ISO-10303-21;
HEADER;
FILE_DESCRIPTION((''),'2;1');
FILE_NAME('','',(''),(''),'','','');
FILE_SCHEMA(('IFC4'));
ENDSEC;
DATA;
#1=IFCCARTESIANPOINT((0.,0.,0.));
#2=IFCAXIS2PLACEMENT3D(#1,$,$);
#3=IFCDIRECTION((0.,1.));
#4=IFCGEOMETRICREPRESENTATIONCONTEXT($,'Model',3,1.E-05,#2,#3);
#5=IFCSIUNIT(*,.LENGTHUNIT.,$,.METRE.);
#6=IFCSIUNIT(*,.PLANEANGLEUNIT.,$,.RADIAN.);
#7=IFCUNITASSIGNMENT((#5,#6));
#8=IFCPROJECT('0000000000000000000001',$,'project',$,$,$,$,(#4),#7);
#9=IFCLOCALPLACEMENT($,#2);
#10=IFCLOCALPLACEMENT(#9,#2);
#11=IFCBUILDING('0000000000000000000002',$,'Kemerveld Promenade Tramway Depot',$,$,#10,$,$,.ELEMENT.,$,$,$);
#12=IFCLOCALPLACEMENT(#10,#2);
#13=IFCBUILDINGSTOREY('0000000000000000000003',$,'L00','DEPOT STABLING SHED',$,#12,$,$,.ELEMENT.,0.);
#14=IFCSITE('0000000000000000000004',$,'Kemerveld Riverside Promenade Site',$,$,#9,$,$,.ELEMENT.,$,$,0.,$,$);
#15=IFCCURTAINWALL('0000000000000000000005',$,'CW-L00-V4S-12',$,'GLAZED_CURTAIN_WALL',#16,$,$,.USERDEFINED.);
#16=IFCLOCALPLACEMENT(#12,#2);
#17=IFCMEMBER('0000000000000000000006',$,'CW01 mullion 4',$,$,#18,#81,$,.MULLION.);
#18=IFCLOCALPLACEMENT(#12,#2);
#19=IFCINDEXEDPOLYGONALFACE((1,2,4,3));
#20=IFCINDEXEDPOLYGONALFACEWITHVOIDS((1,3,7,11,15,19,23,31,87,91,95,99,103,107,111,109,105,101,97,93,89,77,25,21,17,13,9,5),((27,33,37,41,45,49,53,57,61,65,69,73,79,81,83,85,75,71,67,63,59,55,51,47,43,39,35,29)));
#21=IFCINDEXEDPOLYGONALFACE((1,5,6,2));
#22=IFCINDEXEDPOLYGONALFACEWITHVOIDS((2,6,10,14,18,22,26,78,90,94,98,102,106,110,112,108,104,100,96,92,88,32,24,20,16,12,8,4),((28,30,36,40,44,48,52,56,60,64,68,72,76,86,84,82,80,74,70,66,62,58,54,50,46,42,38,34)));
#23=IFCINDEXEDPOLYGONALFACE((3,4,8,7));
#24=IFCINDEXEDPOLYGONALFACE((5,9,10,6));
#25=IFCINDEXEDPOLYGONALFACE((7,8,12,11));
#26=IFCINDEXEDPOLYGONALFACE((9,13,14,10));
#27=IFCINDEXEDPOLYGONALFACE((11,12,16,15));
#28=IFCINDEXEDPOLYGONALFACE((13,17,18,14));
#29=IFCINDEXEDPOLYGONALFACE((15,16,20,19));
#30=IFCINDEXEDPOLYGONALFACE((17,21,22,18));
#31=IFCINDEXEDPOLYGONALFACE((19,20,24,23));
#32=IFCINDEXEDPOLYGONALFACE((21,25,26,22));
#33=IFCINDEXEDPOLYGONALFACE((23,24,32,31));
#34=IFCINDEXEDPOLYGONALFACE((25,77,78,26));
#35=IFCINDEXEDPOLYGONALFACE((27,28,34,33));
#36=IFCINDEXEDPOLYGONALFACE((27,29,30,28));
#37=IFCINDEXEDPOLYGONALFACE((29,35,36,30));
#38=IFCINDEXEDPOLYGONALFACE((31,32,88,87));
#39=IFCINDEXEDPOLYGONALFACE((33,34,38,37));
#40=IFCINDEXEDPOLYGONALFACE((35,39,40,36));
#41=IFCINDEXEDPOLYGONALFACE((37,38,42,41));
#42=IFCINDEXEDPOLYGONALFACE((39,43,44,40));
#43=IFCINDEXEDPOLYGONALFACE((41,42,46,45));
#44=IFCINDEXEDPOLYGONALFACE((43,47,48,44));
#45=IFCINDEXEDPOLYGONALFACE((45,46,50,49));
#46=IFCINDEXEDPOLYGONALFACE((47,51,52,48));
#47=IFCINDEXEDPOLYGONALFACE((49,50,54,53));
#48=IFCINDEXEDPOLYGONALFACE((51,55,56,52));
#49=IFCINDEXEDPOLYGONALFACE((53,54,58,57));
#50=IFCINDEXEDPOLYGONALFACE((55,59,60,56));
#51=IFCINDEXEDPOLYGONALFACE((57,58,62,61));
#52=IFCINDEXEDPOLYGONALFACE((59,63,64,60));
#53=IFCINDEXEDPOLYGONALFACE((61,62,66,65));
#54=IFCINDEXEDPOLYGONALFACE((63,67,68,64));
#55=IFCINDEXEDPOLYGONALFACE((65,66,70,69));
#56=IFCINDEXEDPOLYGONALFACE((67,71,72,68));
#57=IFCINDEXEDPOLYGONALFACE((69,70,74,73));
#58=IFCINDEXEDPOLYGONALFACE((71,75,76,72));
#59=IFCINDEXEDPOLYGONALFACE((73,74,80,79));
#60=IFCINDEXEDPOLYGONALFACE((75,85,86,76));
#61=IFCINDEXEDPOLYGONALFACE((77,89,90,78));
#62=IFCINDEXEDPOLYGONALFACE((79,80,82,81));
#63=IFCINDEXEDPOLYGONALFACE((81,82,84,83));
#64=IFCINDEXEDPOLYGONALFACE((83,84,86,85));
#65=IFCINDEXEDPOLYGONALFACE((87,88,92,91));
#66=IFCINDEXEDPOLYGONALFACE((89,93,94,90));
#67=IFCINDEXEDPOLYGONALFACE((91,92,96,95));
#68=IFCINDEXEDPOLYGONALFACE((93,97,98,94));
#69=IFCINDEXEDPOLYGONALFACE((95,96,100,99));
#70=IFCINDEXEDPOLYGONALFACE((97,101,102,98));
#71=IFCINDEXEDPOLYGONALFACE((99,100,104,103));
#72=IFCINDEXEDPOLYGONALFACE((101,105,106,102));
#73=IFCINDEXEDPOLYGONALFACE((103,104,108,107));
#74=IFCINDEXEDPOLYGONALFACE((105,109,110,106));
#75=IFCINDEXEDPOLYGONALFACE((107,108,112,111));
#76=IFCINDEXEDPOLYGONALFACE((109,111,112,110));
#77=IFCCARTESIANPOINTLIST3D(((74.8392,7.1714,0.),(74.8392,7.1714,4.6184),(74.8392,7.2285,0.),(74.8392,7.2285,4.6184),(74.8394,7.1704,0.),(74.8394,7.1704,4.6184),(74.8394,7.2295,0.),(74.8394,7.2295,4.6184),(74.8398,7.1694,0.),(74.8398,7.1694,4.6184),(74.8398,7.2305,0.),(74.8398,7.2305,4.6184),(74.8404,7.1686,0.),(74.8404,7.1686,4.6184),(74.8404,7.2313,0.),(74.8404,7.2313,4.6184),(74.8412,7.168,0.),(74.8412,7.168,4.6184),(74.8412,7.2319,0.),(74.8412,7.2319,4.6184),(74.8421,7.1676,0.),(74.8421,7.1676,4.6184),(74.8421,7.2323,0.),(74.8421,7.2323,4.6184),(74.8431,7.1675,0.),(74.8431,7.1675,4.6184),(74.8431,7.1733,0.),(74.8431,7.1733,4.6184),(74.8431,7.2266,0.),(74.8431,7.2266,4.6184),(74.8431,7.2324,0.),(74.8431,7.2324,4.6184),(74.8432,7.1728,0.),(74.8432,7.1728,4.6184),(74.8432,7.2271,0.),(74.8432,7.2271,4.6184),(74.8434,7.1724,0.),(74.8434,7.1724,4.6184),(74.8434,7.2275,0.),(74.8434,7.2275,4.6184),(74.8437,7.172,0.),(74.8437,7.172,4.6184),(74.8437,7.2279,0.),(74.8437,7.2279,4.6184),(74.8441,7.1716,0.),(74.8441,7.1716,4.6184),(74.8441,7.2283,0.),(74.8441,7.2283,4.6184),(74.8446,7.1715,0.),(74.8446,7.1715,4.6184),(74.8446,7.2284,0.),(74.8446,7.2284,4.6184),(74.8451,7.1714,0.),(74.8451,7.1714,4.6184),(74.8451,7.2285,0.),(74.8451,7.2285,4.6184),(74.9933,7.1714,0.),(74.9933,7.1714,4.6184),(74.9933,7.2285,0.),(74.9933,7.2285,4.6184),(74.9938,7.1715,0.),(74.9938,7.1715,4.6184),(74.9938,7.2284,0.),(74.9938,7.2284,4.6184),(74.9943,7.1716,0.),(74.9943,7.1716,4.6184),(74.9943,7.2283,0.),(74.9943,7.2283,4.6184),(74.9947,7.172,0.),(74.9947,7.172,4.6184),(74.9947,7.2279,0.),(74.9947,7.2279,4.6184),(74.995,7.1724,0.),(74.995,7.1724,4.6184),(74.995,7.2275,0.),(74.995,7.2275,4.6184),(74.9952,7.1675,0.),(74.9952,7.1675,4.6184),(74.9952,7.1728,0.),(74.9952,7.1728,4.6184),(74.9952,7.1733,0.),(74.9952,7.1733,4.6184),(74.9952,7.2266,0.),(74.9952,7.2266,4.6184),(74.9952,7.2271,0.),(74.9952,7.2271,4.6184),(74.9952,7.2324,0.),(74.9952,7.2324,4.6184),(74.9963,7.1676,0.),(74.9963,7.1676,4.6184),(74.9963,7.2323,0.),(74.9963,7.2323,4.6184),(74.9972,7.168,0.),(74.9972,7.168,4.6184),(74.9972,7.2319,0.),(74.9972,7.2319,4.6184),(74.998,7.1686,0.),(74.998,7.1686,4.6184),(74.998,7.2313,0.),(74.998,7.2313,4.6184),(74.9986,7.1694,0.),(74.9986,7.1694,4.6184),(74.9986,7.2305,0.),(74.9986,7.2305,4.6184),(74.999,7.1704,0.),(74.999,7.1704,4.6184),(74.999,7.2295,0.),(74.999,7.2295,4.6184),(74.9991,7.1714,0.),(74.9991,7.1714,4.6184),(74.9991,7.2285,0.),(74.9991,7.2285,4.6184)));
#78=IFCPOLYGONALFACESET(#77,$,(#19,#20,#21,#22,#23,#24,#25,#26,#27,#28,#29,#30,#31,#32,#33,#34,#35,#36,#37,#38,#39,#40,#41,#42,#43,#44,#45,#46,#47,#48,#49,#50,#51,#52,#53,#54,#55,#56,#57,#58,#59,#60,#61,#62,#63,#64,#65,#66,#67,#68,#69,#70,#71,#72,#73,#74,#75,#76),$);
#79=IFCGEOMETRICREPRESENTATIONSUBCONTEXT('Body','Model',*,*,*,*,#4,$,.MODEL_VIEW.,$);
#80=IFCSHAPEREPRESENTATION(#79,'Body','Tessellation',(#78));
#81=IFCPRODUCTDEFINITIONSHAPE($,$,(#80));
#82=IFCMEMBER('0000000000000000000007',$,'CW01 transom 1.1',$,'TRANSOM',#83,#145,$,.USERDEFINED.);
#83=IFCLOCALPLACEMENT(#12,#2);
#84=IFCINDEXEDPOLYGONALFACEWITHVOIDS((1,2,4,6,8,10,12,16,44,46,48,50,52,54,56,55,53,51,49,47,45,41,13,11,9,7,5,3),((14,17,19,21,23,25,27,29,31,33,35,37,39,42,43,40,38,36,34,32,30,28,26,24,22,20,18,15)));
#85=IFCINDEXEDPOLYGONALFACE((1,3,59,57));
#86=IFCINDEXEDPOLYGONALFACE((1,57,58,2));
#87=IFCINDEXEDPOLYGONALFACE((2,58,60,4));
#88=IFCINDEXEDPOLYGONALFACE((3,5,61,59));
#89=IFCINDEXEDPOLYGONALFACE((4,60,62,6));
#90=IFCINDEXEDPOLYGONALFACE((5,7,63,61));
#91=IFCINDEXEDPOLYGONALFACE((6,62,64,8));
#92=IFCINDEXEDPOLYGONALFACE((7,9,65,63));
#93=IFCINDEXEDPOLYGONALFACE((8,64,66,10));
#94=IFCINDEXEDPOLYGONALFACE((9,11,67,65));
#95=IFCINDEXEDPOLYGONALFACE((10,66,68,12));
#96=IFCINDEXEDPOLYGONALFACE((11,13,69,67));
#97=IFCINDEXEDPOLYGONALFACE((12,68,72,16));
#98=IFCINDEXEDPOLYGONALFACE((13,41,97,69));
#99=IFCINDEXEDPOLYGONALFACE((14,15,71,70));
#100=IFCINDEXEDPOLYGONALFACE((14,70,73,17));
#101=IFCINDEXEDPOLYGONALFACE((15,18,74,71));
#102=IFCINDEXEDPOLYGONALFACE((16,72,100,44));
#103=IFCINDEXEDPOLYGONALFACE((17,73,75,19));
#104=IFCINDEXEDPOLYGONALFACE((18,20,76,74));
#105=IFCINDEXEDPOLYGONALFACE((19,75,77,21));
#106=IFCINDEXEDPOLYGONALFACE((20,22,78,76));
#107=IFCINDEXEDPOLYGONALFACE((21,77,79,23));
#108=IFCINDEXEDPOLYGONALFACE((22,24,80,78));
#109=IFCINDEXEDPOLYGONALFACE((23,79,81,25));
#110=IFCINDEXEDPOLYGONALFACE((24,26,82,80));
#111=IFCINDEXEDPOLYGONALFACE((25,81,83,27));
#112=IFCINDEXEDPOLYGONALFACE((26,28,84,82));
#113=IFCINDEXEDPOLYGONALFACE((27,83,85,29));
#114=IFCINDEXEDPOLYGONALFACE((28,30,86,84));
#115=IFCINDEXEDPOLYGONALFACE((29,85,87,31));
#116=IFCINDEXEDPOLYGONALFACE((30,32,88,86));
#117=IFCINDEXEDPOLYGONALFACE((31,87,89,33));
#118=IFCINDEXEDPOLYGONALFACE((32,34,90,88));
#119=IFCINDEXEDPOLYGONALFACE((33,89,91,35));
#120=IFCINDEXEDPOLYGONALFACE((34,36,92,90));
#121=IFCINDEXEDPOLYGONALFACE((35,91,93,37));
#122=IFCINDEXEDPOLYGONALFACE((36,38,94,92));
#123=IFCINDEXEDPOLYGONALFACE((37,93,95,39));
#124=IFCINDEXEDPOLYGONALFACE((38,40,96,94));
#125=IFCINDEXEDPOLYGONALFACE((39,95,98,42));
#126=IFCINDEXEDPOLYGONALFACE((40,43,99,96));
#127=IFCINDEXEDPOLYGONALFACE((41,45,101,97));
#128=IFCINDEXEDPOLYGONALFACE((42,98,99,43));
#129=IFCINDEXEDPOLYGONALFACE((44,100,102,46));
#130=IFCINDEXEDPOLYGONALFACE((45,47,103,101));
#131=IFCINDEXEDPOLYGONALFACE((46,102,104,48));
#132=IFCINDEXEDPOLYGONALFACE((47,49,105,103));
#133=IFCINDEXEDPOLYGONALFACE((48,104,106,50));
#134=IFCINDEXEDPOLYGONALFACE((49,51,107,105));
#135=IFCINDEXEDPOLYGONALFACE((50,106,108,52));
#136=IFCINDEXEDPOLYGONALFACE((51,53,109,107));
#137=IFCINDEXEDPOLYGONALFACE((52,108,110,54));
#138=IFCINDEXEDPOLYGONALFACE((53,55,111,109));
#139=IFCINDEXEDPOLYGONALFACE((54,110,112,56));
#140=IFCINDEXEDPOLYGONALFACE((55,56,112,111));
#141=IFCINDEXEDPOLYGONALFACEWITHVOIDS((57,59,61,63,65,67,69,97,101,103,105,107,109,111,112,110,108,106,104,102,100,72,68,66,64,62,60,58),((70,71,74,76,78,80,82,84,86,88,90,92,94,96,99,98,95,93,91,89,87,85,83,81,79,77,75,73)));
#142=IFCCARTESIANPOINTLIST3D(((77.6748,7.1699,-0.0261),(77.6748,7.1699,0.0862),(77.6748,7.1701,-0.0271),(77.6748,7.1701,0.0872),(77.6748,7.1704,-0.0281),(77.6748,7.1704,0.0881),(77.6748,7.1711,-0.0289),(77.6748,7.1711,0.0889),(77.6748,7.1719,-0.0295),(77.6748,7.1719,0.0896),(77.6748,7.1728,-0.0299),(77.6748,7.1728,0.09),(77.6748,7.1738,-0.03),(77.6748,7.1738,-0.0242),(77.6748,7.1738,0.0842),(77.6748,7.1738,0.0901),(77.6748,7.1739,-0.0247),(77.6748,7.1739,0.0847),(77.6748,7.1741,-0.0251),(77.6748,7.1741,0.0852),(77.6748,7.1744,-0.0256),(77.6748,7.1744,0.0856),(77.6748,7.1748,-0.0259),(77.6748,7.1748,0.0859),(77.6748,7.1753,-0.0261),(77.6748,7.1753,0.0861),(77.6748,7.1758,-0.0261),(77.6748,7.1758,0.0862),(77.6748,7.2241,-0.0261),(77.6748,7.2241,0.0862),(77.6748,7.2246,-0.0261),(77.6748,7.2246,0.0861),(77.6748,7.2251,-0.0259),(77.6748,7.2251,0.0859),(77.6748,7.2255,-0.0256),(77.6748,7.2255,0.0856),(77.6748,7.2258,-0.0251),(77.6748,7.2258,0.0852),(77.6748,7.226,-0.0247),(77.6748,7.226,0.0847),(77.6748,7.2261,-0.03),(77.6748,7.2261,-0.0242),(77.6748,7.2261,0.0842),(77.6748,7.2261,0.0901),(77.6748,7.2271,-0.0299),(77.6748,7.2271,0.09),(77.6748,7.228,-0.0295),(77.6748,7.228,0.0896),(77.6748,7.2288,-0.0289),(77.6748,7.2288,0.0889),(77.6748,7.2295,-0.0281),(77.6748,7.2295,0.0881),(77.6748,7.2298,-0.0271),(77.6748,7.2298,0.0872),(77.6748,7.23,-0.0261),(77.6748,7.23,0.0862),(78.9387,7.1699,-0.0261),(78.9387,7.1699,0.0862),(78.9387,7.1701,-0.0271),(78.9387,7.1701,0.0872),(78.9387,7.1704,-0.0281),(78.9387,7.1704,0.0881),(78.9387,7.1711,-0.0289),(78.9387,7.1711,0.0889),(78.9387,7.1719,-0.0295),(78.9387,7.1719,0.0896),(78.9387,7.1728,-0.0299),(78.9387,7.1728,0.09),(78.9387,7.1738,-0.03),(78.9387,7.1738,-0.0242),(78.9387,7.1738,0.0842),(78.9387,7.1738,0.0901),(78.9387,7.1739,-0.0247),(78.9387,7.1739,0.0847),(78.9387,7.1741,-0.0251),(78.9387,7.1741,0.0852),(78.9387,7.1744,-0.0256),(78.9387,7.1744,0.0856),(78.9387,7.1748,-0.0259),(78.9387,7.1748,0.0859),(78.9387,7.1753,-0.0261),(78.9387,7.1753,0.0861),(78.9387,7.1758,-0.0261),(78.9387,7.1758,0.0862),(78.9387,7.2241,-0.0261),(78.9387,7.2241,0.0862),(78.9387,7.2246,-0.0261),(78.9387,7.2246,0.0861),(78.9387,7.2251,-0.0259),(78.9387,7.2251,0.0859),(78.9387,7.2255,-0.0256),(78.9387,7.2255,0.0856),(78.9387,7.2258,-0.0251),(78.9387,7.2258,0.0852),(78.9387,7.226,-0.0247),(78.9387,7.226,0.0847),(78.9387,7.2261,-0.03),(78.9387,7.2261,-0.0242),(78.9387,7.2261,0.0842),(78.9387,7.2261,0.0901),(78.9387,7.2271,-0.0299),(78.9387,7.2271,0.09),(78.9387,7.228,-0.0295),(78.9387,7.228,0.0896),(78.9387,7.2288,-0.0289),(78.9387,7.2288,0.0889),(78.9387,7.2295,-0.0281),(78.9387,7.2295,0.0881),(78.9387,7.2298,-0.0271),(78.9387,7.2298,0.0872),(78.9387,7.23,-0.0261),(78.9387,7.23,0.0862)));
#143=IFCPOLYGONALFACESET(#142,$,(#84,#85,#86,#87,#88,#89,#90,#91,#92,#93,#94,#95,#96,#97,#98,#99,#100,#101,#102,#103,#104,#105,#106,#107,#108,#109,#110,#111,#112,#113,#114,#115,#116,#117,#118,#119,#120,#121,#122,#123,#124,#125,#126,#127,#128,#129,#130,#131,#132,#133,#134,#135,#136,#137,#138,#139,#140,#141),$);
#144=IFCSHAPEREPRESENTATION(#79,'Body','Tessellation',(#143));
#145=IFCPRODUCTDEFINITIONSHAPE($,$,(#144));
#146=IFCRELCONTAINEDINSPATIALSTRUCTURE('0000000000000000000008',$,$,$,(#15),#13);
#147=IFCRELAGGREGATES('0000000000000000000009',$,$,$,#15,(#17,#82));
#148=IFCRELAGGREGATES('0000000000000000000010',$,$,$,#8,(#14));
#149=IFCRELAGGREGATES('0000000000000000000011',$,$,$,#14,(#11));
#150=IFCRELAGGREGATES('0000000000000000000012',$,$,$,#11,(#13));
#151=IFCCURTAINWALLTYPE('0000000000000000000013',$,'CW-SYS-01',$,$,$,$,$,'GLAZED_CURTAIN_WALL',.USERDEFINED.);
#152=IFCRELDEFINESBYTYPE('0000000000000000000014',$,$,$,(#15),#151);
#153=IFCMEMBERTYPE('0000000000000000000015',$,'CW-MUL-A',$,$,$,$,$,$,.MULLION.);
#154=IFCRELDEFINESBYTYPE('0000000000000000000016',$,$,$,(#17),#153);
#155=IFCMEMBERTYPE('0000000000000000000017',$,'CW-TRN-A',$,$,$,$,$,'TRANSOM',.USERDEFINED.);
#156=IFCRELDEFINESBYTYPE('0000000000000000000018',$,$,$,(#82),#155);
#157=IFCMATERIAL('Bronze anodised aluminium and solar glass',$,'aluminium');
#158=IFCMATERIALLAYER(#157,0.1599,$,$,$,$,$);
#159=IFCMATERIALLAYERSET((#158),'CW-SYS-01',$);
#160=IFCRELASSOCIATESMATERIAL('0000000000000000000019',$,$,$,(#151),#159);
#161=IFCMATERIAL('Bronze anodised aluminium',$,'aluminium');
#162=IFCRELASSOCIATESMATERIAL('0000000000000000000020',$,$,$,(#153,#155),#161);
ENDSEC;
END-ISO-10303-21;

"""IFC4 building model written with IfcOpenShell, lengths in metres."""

from ifc_helpers import new_model, si_unit, direction, frame, origin, origin_2d, place, context, subcontext, project, spatial, hollow_rectangle, extrude, material, layer, layer_set, material_profile, profile_set, type_object, element, aggregate, save


model = new_model("IFC4")

# Units and contexts
model_context = context("Model", 3, precision=1e-05, world=origin(), true_north=direction((0.0, 1.0)))
body_context = subcontext(model_context, "Body", "Model", "MODEL_VIEW")
ifc_project = project(units=[si_unit("LENGTHUNIT", "METRE"), si_unit("PLANEANGLEUNIT", "RADIAN")], contexts=[model_context])

# Site, building, storey
site_placement = place(None, origin())
site = spatial("IfcSite", under=ifc_project, at=site_placement, Name="Kemerveld Riverside Promenade Site", CompositionType="ELEMENT", RefElevation=0.0)
building_placement = place(site_placement, origin())
building = spatial("IfcBuilding", under=site, at=building_placement, Name="Kemerveld Promenade Tramway Depot", CompositionType="ELEMENT")
storey_placement = place(building_placement, origin())
storey = spatial("IfcBuildingStorey", under=building, at=storey_placement, Name="L00", Description="DEPOT STABLING SHED", CompositionType="ELEMENT", Elevation=0.0)

# Curtain wall, members
ifc_material_1 = material(Name="Bronze anodised aluminium and solar glass", Category="aluminium")
ifc_layer_1 = layer(ifc_material_1, 0.1599)
ifc_layer_set_1 = layer_set([ifc_layer_1], Name="CW-SYS-01")
curtain_wall_type = type_object("IfcCurtainWallType", Name="CW-SYS-01", ElementType="GLAZED_CURTAIN_WALL", PredefinedType="USERDEFINED", material=ifc_layer_set_1)
curtain_wall_placement = place(storey_placement, origin())
curtain_wall = element("IfcCurtainWall", 1, at=curtain_wall_placement, inside=storey, type_object=curtain_wall_type, Name="CW-L00-V4S-12", ObjectType="GLAZED_CURTAIN_WALL", PredefinedType="USERDEFINED")
ifc_material_2 = material(Name="Bronze anodised aluminium", Category="aluminium")
ifc_material_profile_1 = material_profile(ifc_material_2, hollow_rectangle(XDim=0.0649, YDim=0.1599, WallThickness=0.0039, InnerFilletRadius=0.002, OuterFilletRadius=0.0039, at=origin_2d()), Name="CW-MUL-160x65")
ifc_profile_set_1 = profile_set([ifc_material_profile_1], Name="Bronze anodised aluminium")
member_type_1 = type_object("IfcMemberType", Name="CW-MUL-A", PredefinedType="MULLION", material=ifc_profile_set_1)
member_1_placement = place(storey_placement, frame((74.9192, 7.2, 0.0), z_axis=(0.0, 0.0, 1.0), x_axis=(0.0, -1.0, 0.0)))
member_1 = element("IfcMember", 2, at=member_1_placement, type_object=member_type_1, Name="CW01 mullion 4", PredefinedType="MULLION", context=body_context, shape_type="SweptSolid", body=[
    extrude(hollow_rectangle(XDim=0.0649, YDim=0.1599, WallThickness=0.0039, InnerFilletRadius=0.002, OuterFilletRadius=0.0039, at=origin_2d()), origin(), (0.0, 0.0, 1.0), 4.6184),
])
ifc_material_profile_2 = material_profile(ifc_material_2, hollow_rectangle(XDim=0.0601, YDim=0.1201, WallThickness=0.0039, InnerFilletRadius=0.002, OuterFilletRadius=0.0039, at=origin_2d()), Name="CW-TRN-120x60")
ifc_profile_set_2 = profile_set([ifc_material_profile_2], Name="Bronze anodised aluminium")
member_type_2 = type_object("IfcMemberType", Name="CW-TRN-A", ElementType="TRANSOM", PredefinedType="USERDEFINED", material=ifc_profile_set_2)
member_2_placement = place(storey_placement, frame((78.9387, 7.2, 0.03), z_axis=(-1.0, 0.0, 0.0), x_axis=(0.0, -1.0, 0.0)))
member_2 = element("IfcMember", 3, at=member_2_placement, type_object=member_type_2, Name="CW01 transom 1.1", ObjectType="TRANSOM", PredefinedType="USERDEFINED", context=body_context, shape_type="SweptSolid", body=[
    extrude(hollow_rectangle(XDim=0.0601, YDim=0.1201, WallThickness=0.0039, InnerFilletRadius=0.002, OuterFilletRadius=0.0039, at=origin_2d()), origin(), (0.0, 0.0, 1.0), 1.2639),
])
aggregate(curtain_wall, [member_1, member_2])

save(model, "model.ifc")
